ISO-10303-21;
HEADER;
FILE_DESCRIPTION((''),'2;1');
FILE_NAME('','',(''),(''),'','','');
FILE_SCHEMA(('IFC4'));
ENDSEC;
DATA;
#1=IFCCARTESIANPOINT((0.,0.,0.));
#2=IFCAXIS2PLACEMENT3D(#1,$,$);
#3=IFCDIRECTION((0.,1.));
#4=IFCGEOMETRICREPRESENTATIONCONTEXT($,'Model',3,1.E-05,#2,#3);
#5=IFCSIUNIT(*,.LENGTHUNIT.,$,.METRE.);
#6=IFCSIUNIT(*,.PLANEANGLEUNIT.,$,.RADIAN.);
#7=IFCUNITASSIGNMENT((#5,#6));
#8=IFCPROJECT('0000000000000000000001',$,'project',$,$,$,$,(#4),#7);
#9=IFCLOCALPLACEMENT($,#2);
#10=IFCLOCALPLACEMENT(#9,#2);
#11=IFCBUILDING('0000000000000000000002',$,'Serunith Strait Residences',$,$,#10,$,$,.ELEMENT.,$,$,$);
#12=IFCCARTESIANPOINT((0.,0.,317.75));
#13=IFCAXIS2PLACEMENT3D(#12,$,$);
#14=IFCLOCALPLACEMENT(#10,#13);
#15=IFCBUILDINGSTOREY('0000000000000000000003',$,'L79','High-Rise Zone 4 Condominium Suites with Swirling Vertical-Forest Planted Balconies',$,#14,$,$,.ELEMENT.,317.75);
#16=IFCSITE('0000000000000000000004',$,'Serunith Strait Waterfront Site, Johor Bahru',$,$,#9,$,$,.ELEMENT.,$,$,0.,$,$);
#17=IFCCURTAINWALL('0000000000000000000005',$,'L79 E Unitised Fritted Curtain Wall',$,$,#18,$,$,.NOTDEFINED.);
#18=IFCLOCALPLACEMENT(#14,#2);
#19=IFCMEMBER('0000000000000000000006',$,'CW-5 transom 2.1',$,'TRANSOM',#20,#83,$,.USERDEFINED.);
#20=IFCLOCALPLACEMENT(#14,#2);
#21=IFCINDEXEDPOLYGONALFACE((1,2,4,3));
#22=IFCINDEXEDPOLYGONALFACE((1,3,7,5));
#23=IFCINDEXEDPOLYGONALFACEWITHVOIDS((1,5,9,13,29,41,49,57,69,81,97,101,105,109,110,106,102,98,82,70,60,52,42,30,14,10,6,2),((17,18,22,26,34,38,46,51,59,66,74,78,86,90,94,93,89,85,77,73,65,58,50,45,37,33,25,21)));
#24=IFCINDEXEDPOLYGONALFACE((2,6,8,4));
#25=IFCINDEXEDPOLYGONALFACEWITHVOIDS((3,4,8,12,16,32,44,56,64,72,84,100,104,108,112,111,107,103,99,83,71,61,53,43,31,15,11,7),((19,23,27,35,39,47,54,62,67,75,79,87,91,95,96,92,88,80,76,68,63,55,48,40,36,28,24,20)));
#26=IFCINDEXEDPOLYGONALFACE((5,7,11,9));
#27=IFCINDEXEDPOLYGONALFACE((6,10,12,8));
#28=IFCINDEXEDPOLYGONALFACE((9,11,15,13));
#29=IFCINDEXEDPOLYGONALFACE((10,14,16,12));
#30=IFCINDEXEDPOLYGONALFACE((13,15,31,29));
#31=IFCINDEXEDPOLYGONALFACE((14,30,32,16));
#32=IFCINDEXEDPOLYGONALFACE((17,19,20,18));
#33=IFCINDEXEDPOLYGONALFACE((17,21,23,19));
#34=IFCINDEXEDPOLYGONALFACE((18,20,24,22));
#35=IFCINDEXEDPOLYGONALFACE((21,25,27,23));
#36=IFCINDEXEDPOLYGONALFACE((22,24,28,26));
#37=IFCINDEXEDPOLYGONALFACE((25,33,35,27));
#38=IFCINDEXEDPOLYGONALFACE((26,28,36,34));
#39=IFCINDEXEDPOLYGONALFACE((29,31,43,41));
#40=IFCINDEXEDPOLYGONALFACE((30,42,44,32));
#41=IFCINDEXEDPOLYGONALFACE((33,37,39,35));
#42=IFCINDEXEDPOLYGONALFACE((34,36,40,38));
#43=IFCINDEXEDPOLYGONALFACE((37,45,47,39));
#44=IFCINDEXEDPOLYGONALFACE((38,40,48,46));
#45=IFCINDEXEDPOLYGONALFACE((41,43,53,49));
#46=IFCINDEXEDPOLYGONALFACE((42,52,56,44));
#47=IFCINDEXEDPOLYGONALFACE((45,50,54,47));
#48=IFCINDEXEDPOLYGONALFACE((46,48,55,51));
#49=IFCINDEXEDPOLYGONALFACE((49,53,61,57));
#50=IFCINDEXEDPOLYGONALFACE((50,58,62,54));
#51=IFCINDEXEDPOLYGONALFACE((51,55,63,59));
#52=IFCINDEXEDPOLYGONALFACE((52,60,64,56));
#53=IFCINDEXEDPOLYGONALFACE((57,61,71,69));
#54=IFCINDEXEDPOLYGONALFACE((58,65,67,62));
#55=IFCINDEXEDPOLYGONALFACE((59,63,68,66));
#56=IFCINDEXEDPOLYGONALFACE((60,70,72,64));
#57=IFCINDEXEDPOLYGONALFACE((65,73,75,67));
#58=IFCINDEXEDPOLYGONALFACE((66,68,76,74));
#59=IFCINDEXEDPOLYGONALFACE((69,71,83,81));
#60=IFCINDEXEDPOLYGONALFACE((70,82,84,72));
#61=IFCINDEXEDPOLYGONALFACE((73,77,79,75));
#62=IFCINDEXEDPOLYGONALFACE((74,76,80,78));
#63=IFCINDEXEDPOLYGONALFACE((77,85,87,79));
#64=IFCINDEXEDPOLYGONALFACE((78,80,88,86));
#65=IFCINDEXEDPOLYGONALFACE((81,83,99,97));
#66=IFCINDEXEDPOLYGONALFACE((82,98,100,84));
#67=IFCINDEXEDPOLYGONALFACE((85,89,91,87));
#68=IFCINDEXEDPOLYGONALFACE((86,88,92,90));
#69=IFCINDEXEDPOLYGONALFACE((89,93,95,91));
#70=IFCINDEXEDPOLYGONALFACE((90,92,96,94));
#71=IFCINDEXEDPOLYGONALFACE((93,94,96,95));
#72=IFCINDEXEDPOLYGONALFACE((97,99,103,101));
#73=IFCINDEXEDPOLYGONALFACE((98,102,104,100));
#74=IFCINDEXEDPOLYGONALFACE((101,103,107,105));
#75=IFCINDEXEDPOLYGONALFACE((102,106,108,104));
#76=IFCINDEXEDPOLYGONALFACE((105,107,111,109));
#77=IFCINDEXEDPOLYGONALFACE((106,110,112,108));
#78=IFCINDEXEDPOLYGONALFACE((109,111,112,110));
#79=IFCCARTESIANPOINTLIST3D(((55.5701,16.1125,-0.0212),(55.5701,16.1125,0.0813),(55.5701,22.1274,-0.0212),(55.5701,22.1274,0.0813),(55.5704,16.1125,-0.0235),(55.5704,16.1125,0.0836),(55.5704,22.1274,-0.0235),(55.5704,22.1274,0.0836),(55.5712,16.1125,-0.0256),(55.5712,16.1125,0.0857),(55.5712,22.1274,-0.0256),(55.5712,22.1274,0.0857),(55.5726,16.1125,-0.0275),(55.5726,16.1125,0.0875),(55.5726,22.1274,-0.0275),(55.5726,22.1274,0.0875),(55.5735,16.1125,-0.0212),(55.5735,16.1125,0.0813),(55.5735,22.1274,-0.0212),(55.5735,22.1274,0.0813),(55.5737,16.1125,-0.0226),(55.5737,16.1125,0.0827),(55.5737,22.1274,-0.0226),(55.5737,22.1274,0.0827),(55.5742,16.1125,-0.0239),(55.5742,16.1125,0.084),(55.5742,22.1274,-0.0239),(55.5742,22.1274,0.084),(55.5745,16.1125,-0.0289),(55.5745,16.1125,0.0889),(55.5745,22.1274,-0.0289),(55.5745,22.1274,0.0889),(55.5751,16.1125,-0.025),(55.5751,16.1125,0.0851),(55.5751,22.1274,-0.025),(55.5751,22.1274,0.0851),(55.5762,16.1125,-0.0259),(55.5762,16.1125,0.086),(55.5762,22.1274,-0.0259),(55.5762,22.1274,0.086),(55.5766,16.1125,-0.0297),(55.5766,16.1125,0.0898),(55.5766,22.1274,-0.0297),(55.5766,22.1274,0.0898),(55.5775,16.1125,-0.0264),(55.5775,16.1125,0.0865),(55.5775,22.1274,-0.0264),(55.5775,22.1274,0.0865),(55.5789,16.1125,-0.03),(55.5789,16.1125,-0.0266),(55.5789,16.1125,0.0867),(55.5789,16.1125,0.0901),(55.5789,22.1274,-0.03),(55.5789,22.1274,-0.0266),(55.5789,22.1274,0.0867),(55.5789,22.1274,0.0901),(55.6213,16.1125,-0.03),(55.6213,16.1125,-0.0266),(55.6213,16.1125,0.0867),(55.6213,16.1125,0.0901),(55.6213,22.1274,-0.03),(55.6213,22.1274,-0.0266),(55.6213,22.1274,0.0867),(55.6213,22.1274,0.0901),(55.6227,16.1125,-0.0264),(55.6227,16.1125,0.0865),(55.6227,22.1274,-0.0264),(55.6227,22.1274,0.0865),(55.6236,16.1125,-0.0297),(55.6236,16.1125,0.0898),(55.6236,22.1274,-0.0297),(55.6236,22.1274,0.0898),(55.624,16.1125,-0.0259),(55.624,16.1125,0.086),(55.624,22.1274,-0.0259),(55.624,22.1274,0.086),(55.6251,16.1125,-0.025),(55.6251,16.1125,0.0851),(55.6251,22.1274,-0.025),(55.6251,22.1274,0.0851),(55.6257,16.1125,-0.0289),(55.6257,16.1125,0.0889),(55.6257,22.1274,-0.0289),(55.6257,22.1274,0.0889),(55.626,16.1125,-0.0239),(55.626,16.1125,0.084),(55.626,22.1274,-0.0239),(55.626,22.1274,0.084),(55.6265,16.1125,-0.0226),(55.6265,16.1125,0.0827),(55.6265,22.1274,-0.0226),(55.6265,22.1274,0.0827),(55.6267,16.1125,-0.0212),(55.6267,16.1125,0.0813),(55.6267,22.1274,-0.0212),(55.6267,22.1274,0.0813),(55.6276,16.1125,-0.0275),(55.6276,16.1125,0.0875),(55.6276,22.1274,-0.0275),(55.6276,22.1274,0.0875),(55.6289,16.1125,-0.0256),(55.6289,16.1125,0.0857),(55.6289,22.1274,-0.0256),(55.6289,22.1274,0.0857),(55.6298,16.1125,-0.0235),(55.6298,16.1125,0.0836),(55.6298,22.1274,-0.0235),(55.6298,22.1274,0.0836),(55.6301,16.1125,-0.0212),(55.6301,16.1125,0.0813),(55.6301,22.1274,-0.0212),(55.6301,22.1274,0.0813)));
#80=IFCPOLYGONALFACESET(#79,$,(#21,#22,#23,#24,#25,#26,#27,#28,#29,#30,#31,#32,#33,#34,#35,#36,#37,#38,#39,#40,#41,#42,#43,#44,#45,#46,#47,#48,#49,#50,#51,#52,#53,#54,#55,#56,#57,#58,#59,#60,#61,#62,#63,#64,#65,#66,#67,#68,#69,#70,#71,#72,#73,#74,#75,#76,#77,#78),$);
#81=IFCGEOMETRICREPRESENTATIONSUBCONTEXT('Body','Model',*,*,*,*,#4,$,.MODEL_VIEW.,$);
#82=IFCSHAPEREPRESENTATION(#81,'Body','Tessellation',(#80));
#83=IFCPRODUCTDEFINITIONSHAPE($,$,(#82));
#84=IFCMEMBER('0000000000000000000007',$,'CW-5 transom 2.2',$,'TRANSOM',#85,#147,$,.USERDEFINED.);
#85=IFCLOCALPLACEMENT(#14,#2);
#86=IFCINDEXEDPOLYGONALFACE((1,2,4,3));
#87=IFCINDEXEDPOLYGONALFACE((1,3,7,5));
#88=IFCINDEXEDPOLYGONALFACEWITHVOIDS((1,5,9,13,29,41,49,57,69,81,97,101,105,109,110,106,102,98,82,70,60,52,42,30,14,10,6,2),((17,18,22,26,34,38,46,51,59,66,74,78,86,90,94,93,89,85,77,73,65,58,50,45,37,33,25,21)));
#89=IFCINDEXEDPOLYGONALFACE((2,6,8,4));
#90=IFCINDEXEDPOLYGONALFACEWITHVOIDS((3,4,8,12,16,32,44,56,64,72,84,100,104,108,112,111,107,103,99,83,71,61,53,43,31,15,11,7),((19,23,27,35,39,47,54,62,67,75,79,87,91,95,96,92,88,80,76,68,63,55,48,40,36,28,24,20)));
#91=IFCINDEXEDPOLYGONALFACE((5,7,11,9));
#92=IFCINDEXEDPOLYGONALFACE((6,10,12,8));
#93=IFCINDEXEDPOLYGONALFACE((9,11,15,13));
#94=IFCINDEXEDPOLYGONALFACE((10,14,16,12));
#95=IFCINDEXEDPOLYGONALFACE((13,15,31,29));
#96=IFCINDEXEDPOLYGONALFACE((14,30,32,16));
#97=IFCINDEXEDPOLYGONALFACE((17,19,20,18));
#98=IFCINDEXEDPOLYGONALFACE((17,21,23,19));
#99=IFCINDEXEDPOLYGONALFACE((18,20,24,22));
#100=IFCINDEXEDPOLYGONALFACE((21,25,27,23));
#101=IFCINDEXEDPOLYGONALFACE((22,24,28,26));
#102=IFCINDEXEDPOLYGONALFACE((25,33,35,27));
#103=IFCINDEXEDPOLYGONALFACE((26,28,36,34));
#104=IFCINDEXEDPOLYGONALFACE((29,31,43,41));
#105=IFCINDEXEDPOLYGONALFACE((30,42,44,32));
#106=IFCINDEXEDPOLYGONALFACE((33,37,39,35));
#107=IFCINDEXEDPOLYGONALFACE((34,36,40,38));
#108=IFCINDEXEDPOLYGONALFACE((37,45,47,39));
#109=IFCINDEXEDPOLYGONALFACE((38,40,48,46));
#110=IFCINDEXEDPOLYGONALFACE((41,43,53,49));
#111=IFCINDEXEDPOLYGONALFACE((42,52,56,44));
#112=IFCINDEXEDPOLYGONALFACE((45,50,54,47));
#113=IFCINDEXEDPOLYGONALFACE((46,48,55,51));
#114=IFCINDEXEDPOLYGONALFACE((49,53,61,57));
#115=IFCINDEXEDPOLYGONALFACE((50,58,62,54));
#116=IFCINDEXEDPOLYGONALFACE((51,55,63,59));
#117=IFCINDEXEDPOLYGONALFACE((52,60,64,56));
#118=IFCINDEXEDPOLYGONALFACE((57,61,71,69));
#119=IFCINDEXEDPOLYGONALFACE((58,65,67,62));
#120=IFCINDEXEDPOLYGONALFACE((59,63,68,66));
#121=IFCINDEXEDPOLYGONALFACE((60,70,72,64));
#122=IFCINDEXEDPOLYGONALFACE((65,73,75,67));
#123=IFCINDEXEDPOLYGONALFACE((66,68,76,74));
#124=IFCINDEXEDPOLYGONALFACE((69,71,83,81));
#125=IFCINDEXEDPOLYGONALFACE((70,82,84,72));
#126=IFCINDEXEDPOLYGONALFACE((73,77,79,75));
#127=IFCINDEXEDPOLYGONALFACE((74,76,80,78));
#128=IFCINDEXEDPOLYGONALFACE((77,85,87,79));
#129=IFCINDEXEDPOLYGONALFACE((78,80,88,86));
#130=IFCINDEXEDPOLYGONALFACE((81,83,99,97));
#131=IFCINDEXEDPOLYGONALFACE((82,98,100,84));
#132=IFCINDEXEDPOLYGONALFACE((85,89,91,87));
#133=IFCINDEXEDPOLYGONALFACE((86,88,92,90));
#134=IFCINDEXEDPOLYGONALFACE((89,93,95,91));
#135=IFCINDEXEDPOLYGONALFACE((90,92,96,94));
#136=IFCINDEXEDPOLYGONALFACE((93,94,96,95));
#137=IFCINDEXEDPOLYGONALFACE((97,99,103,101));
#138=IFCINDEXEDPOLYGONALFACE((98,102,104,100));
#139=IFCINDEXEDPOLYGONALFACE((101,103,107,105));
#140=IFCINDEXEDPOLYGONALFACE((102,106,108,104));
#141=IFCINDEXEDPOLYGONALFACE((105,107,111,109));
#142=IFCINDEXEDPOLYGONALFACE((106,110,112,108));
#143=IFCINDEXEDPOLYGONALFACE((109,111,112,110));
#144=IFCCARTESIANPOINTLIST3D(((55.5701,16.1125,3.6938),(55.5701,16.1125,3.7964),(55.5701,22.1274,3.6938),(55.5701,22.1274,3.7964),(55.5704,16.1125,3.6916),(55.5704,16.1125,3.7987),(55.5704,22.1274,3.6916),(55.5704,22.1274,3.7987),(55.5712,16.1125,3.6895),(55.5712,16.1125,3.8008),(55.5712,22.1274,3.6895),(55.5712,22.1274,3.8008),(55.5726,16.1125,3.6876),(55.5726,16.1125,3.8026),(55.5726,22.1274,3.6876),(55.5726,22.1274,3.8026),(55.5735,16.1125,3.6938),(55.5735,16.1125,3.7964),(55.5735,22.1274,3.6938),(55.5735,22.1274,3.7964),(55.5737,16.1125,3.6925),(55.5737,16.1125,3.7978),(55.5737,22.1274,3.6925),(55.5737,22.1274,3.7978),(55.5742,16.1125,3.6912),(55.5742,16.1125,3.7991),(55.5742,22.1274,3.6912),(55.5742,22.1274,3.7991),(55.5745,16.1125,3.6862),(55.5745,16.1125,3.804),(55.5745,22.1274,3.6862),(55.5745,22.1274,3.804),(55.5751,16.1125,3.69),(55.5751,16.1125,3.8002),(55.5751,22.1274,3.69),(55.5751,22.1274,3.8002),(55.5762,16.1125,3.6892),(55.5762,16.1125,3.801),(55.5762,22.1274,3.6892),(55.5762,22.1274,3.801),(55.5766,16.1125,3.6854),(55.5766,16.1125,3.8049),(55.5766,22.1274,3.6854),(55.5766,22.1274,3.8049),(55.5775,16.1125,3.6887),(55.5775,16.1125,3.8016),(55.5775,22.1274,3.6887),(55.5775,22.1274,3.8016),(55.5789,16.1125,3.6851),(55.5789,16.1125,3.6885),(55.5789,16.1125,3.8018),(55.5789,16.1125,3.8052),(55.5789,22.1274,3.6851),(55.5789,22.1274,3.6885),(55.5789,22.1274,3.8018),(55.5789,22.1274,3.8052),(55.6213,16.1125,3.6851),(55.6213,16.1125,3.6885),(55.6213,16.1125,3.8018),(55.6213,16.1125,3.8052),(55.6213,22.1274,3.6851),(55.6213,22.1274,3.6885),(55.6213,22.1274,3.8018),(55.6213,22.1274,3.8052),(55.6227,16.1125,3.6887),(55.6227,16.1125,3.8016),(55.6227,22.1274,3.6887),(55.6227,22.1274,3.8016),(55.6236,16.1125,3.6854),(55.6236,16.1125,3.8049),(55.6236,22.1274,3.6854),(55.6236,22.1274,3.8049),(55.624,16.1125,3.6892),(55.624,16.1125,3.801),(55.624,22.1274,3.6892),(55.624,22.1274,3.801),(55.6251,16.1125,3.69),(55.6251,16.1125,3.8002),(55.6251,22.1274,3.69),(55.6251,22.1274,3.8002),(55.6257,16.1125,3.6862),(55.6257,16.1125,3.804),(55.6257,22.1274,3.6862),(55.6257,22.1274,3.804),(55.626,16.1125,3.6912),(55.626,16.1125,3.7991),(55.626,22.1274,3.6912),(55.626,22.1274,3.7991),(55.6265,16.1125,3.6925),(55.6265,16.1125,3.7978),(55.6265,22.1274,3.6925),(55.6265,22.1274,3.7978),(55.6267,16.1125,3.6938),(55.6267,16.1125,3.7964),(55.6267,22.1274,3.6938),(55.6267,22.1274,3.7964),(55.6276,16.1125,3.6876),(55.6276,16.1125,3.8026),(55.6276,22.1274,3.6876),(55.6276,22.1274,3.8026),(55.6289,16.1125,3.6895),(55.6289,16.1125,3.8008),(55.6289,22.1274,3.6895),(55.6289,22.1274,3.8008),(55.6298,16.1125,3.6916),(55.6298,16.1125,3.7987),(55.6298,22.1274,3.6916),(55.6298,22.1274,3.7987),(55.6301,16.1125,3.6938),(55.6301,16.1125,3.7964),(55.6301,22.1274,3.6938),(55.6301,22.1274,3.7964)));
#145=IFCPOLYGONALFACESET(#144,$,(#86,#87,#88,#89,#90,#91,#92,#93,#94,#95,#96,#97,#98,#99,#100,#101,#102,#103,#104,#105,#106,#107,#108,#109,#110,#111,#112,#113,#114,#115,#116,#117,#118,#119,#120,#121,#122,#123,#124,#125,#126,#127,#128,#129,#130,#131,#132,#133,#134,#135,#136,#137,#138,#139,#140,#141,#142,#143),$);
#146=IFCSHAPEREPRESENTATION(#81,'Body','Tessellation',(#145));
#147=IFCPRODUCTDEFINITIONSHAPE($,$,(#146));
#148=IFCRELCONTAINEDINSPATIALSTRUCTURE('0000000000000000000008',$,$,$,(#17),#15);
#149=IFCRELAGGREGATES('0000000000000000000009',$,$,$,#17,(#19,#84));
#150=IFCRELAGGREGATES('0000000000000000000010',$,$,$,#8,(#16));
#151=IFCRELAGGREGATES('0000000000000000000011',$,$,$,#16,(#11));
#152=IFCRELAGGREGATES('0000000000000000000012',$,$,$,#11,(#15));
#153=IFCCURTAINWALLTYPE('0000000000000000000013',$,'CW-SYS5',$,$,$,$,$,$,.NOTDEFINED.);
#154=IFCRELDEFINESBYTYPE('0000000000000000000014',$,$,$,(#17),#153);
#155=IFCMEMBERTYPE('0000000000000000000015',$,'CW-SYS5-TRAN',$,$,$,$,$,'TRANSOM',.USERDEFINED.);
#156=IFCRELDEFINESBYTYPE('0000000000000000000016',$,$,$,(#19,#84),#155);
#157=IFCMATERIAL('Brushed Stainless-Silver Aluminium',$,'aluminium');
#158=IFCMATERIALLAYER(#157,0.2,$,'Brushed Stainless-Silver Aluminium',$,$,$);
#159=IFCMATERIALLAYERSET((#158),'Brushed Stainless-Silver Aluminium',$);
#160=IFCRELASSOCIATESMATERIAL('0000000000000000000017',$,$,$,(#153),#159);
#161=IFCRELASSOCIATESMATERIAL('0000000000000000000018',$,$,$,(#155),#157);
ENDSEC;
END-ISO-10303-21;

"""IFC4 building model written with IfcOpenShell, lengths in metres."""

from ifc_helpers import new_model, si_unit, direction, frame, origin, origin_2d, place, context, subcontext, project, spatial, hollow_rectangle, extrude, source, transform, mapped, material, layer, layer_set, material_profile, profile_set, type_object, element, aggregate, save


model = new_model("IFC4")

# Units and contexts
model_context = context("Model", 3, precision=1e-05, world=origin(), true_north=direction((0.0, 1.0)))
body_context = subcontext(model_context, "Body", "Model", "MODEL_VIEW")
ifc_project = project(units=[si_unit("LENGTHUNIT", "METRE"), si_unit("PLANEANGLEUNIT", "RADIAN")], contexts=[model_context])

# Site, building, storey
site_placement = place(None, origin())
site = spatial("IfcSite", under=ifc_project, at=site_placement, Name="Serunith Strait Waterfront Site, Johor Bahru", CompositionType="ELEMENT", RefElevation=0.0)
building_placement = place(site_placement, origin())
building = spatial("IfcBuilding", under=site, at=building_placement, Name="Serunith Strait Residences", CompositionType="ELEMENT")
storey_placement = place(building_placement, frame((0.0, 0.0, 317.75)))
storey = spatial("IfcBuildingStorey", under=building, at=storey_placement, Name="L79", Description="High-Rise Zone 4 Condominium Suites with Swirling Vertical-Forest Planted Balconies", CompositionType="ELEMENT", Elevation=317.75)

# Curtain wall, members
ifc_material_1 = material(Name="Brushed Stainless-Silver Aluminium", Category="aluminium")
ifc_layer_1 = layer(ifc_material_1, 0.2, Name="Brushed Stainless-Silver Aluminium")
ifc_layer_set_1 = layer_set([ifc_layer_1], Name="Brushed Stainless-Silver Aluminium")
curtain_wall_type = type_object("IfcCurtainWallType", Name="CW-SYS5", PredefinedType="NOTDEFINED", material=ifc_layer_set_1)
curtain_wall_placement = place(storey_placement, origin())
curtain_wall = element("IfcCurtainWall", 1, at=curtain_wall_placement, inside=storey, type_object=curtain_wall_type, Name="L79 E Unitised Fritted Curtain Wall", PredefinedType="NOTDEFINED")
ifc_material_profile_1 = material_profile(ifc_material_1, hollow_rectangle(XDim=0.0601, YDim=0.1201, WallThickness=0.0034, InnerFilletRadius=0.0054, OuterFilletRadius=0.0088, at=origin_2d()), Name="ALU 120x60x3.5")
ifc_profile_set_1 = profile_set([ifc_material_profile_1], Name="Brushed Stainless-Silver Aluminium")
member_type_1 = type_object("IfcMemberType", Name="CW-SYS5-TRAN", ElementType="TRANSOM", PredefinedType="USERDEFINED", material=ifc_profile_set_1)
shared_shape_1 = source(origin(), body_context, "Body", "SweptSolid", [
    extrude(hollow_rectangle(XDim=0.0601, YDim=0.1201, WallThickness=0.0034, InnerFilletRadius=0.0054, OuterFilletRadius=0.0088, at=origin_2d()), origin(), (0.0, 0.0, 1.0), 6.0149),
])
member_1_placement = place(storey_placement, frame((55.6001, 16.1125, 0.03), z_axis=(0.0, 1.0, 0.0), x_axis=(-1.0, 0.0, 0.0)))
member_1 = element("IfcMember", 2, at=member_1_placement, type_object=member_type_1, Name="CW-5 transom 2.1", ObjectType="TRANSOM", PredefinedType="USERDEFINED", context=body_context, shape_type="MappedRepresentation", body=[
    mapped(shared_shape_1, transform((0.0, 0.0, 0.0), scale=1.0)),
])
member_2_placement = place(storey_placement, frame((55.6001, 16.1125, 3.7451), z_axis=(0.0, 1.0, 0.0), x_axis=(-1.0, 0.0, 0.0)))
member_2 = element("IfcMember", 3, at=member_2_placement, type_object=member_type_1, Name="CW-5 transom 2.2", ObjectType="TRANSOM", PredefinedType="USERDEFINED", context=body_context, shape_type="MappedRepresentation", body=[
    mapped(shared_shape_1, transform((0.0, 0.0, 0.0), scale=1.0)),
])
aggregate(curtain_wall, [member_1, member_2])

save(model, "model.ifc")
